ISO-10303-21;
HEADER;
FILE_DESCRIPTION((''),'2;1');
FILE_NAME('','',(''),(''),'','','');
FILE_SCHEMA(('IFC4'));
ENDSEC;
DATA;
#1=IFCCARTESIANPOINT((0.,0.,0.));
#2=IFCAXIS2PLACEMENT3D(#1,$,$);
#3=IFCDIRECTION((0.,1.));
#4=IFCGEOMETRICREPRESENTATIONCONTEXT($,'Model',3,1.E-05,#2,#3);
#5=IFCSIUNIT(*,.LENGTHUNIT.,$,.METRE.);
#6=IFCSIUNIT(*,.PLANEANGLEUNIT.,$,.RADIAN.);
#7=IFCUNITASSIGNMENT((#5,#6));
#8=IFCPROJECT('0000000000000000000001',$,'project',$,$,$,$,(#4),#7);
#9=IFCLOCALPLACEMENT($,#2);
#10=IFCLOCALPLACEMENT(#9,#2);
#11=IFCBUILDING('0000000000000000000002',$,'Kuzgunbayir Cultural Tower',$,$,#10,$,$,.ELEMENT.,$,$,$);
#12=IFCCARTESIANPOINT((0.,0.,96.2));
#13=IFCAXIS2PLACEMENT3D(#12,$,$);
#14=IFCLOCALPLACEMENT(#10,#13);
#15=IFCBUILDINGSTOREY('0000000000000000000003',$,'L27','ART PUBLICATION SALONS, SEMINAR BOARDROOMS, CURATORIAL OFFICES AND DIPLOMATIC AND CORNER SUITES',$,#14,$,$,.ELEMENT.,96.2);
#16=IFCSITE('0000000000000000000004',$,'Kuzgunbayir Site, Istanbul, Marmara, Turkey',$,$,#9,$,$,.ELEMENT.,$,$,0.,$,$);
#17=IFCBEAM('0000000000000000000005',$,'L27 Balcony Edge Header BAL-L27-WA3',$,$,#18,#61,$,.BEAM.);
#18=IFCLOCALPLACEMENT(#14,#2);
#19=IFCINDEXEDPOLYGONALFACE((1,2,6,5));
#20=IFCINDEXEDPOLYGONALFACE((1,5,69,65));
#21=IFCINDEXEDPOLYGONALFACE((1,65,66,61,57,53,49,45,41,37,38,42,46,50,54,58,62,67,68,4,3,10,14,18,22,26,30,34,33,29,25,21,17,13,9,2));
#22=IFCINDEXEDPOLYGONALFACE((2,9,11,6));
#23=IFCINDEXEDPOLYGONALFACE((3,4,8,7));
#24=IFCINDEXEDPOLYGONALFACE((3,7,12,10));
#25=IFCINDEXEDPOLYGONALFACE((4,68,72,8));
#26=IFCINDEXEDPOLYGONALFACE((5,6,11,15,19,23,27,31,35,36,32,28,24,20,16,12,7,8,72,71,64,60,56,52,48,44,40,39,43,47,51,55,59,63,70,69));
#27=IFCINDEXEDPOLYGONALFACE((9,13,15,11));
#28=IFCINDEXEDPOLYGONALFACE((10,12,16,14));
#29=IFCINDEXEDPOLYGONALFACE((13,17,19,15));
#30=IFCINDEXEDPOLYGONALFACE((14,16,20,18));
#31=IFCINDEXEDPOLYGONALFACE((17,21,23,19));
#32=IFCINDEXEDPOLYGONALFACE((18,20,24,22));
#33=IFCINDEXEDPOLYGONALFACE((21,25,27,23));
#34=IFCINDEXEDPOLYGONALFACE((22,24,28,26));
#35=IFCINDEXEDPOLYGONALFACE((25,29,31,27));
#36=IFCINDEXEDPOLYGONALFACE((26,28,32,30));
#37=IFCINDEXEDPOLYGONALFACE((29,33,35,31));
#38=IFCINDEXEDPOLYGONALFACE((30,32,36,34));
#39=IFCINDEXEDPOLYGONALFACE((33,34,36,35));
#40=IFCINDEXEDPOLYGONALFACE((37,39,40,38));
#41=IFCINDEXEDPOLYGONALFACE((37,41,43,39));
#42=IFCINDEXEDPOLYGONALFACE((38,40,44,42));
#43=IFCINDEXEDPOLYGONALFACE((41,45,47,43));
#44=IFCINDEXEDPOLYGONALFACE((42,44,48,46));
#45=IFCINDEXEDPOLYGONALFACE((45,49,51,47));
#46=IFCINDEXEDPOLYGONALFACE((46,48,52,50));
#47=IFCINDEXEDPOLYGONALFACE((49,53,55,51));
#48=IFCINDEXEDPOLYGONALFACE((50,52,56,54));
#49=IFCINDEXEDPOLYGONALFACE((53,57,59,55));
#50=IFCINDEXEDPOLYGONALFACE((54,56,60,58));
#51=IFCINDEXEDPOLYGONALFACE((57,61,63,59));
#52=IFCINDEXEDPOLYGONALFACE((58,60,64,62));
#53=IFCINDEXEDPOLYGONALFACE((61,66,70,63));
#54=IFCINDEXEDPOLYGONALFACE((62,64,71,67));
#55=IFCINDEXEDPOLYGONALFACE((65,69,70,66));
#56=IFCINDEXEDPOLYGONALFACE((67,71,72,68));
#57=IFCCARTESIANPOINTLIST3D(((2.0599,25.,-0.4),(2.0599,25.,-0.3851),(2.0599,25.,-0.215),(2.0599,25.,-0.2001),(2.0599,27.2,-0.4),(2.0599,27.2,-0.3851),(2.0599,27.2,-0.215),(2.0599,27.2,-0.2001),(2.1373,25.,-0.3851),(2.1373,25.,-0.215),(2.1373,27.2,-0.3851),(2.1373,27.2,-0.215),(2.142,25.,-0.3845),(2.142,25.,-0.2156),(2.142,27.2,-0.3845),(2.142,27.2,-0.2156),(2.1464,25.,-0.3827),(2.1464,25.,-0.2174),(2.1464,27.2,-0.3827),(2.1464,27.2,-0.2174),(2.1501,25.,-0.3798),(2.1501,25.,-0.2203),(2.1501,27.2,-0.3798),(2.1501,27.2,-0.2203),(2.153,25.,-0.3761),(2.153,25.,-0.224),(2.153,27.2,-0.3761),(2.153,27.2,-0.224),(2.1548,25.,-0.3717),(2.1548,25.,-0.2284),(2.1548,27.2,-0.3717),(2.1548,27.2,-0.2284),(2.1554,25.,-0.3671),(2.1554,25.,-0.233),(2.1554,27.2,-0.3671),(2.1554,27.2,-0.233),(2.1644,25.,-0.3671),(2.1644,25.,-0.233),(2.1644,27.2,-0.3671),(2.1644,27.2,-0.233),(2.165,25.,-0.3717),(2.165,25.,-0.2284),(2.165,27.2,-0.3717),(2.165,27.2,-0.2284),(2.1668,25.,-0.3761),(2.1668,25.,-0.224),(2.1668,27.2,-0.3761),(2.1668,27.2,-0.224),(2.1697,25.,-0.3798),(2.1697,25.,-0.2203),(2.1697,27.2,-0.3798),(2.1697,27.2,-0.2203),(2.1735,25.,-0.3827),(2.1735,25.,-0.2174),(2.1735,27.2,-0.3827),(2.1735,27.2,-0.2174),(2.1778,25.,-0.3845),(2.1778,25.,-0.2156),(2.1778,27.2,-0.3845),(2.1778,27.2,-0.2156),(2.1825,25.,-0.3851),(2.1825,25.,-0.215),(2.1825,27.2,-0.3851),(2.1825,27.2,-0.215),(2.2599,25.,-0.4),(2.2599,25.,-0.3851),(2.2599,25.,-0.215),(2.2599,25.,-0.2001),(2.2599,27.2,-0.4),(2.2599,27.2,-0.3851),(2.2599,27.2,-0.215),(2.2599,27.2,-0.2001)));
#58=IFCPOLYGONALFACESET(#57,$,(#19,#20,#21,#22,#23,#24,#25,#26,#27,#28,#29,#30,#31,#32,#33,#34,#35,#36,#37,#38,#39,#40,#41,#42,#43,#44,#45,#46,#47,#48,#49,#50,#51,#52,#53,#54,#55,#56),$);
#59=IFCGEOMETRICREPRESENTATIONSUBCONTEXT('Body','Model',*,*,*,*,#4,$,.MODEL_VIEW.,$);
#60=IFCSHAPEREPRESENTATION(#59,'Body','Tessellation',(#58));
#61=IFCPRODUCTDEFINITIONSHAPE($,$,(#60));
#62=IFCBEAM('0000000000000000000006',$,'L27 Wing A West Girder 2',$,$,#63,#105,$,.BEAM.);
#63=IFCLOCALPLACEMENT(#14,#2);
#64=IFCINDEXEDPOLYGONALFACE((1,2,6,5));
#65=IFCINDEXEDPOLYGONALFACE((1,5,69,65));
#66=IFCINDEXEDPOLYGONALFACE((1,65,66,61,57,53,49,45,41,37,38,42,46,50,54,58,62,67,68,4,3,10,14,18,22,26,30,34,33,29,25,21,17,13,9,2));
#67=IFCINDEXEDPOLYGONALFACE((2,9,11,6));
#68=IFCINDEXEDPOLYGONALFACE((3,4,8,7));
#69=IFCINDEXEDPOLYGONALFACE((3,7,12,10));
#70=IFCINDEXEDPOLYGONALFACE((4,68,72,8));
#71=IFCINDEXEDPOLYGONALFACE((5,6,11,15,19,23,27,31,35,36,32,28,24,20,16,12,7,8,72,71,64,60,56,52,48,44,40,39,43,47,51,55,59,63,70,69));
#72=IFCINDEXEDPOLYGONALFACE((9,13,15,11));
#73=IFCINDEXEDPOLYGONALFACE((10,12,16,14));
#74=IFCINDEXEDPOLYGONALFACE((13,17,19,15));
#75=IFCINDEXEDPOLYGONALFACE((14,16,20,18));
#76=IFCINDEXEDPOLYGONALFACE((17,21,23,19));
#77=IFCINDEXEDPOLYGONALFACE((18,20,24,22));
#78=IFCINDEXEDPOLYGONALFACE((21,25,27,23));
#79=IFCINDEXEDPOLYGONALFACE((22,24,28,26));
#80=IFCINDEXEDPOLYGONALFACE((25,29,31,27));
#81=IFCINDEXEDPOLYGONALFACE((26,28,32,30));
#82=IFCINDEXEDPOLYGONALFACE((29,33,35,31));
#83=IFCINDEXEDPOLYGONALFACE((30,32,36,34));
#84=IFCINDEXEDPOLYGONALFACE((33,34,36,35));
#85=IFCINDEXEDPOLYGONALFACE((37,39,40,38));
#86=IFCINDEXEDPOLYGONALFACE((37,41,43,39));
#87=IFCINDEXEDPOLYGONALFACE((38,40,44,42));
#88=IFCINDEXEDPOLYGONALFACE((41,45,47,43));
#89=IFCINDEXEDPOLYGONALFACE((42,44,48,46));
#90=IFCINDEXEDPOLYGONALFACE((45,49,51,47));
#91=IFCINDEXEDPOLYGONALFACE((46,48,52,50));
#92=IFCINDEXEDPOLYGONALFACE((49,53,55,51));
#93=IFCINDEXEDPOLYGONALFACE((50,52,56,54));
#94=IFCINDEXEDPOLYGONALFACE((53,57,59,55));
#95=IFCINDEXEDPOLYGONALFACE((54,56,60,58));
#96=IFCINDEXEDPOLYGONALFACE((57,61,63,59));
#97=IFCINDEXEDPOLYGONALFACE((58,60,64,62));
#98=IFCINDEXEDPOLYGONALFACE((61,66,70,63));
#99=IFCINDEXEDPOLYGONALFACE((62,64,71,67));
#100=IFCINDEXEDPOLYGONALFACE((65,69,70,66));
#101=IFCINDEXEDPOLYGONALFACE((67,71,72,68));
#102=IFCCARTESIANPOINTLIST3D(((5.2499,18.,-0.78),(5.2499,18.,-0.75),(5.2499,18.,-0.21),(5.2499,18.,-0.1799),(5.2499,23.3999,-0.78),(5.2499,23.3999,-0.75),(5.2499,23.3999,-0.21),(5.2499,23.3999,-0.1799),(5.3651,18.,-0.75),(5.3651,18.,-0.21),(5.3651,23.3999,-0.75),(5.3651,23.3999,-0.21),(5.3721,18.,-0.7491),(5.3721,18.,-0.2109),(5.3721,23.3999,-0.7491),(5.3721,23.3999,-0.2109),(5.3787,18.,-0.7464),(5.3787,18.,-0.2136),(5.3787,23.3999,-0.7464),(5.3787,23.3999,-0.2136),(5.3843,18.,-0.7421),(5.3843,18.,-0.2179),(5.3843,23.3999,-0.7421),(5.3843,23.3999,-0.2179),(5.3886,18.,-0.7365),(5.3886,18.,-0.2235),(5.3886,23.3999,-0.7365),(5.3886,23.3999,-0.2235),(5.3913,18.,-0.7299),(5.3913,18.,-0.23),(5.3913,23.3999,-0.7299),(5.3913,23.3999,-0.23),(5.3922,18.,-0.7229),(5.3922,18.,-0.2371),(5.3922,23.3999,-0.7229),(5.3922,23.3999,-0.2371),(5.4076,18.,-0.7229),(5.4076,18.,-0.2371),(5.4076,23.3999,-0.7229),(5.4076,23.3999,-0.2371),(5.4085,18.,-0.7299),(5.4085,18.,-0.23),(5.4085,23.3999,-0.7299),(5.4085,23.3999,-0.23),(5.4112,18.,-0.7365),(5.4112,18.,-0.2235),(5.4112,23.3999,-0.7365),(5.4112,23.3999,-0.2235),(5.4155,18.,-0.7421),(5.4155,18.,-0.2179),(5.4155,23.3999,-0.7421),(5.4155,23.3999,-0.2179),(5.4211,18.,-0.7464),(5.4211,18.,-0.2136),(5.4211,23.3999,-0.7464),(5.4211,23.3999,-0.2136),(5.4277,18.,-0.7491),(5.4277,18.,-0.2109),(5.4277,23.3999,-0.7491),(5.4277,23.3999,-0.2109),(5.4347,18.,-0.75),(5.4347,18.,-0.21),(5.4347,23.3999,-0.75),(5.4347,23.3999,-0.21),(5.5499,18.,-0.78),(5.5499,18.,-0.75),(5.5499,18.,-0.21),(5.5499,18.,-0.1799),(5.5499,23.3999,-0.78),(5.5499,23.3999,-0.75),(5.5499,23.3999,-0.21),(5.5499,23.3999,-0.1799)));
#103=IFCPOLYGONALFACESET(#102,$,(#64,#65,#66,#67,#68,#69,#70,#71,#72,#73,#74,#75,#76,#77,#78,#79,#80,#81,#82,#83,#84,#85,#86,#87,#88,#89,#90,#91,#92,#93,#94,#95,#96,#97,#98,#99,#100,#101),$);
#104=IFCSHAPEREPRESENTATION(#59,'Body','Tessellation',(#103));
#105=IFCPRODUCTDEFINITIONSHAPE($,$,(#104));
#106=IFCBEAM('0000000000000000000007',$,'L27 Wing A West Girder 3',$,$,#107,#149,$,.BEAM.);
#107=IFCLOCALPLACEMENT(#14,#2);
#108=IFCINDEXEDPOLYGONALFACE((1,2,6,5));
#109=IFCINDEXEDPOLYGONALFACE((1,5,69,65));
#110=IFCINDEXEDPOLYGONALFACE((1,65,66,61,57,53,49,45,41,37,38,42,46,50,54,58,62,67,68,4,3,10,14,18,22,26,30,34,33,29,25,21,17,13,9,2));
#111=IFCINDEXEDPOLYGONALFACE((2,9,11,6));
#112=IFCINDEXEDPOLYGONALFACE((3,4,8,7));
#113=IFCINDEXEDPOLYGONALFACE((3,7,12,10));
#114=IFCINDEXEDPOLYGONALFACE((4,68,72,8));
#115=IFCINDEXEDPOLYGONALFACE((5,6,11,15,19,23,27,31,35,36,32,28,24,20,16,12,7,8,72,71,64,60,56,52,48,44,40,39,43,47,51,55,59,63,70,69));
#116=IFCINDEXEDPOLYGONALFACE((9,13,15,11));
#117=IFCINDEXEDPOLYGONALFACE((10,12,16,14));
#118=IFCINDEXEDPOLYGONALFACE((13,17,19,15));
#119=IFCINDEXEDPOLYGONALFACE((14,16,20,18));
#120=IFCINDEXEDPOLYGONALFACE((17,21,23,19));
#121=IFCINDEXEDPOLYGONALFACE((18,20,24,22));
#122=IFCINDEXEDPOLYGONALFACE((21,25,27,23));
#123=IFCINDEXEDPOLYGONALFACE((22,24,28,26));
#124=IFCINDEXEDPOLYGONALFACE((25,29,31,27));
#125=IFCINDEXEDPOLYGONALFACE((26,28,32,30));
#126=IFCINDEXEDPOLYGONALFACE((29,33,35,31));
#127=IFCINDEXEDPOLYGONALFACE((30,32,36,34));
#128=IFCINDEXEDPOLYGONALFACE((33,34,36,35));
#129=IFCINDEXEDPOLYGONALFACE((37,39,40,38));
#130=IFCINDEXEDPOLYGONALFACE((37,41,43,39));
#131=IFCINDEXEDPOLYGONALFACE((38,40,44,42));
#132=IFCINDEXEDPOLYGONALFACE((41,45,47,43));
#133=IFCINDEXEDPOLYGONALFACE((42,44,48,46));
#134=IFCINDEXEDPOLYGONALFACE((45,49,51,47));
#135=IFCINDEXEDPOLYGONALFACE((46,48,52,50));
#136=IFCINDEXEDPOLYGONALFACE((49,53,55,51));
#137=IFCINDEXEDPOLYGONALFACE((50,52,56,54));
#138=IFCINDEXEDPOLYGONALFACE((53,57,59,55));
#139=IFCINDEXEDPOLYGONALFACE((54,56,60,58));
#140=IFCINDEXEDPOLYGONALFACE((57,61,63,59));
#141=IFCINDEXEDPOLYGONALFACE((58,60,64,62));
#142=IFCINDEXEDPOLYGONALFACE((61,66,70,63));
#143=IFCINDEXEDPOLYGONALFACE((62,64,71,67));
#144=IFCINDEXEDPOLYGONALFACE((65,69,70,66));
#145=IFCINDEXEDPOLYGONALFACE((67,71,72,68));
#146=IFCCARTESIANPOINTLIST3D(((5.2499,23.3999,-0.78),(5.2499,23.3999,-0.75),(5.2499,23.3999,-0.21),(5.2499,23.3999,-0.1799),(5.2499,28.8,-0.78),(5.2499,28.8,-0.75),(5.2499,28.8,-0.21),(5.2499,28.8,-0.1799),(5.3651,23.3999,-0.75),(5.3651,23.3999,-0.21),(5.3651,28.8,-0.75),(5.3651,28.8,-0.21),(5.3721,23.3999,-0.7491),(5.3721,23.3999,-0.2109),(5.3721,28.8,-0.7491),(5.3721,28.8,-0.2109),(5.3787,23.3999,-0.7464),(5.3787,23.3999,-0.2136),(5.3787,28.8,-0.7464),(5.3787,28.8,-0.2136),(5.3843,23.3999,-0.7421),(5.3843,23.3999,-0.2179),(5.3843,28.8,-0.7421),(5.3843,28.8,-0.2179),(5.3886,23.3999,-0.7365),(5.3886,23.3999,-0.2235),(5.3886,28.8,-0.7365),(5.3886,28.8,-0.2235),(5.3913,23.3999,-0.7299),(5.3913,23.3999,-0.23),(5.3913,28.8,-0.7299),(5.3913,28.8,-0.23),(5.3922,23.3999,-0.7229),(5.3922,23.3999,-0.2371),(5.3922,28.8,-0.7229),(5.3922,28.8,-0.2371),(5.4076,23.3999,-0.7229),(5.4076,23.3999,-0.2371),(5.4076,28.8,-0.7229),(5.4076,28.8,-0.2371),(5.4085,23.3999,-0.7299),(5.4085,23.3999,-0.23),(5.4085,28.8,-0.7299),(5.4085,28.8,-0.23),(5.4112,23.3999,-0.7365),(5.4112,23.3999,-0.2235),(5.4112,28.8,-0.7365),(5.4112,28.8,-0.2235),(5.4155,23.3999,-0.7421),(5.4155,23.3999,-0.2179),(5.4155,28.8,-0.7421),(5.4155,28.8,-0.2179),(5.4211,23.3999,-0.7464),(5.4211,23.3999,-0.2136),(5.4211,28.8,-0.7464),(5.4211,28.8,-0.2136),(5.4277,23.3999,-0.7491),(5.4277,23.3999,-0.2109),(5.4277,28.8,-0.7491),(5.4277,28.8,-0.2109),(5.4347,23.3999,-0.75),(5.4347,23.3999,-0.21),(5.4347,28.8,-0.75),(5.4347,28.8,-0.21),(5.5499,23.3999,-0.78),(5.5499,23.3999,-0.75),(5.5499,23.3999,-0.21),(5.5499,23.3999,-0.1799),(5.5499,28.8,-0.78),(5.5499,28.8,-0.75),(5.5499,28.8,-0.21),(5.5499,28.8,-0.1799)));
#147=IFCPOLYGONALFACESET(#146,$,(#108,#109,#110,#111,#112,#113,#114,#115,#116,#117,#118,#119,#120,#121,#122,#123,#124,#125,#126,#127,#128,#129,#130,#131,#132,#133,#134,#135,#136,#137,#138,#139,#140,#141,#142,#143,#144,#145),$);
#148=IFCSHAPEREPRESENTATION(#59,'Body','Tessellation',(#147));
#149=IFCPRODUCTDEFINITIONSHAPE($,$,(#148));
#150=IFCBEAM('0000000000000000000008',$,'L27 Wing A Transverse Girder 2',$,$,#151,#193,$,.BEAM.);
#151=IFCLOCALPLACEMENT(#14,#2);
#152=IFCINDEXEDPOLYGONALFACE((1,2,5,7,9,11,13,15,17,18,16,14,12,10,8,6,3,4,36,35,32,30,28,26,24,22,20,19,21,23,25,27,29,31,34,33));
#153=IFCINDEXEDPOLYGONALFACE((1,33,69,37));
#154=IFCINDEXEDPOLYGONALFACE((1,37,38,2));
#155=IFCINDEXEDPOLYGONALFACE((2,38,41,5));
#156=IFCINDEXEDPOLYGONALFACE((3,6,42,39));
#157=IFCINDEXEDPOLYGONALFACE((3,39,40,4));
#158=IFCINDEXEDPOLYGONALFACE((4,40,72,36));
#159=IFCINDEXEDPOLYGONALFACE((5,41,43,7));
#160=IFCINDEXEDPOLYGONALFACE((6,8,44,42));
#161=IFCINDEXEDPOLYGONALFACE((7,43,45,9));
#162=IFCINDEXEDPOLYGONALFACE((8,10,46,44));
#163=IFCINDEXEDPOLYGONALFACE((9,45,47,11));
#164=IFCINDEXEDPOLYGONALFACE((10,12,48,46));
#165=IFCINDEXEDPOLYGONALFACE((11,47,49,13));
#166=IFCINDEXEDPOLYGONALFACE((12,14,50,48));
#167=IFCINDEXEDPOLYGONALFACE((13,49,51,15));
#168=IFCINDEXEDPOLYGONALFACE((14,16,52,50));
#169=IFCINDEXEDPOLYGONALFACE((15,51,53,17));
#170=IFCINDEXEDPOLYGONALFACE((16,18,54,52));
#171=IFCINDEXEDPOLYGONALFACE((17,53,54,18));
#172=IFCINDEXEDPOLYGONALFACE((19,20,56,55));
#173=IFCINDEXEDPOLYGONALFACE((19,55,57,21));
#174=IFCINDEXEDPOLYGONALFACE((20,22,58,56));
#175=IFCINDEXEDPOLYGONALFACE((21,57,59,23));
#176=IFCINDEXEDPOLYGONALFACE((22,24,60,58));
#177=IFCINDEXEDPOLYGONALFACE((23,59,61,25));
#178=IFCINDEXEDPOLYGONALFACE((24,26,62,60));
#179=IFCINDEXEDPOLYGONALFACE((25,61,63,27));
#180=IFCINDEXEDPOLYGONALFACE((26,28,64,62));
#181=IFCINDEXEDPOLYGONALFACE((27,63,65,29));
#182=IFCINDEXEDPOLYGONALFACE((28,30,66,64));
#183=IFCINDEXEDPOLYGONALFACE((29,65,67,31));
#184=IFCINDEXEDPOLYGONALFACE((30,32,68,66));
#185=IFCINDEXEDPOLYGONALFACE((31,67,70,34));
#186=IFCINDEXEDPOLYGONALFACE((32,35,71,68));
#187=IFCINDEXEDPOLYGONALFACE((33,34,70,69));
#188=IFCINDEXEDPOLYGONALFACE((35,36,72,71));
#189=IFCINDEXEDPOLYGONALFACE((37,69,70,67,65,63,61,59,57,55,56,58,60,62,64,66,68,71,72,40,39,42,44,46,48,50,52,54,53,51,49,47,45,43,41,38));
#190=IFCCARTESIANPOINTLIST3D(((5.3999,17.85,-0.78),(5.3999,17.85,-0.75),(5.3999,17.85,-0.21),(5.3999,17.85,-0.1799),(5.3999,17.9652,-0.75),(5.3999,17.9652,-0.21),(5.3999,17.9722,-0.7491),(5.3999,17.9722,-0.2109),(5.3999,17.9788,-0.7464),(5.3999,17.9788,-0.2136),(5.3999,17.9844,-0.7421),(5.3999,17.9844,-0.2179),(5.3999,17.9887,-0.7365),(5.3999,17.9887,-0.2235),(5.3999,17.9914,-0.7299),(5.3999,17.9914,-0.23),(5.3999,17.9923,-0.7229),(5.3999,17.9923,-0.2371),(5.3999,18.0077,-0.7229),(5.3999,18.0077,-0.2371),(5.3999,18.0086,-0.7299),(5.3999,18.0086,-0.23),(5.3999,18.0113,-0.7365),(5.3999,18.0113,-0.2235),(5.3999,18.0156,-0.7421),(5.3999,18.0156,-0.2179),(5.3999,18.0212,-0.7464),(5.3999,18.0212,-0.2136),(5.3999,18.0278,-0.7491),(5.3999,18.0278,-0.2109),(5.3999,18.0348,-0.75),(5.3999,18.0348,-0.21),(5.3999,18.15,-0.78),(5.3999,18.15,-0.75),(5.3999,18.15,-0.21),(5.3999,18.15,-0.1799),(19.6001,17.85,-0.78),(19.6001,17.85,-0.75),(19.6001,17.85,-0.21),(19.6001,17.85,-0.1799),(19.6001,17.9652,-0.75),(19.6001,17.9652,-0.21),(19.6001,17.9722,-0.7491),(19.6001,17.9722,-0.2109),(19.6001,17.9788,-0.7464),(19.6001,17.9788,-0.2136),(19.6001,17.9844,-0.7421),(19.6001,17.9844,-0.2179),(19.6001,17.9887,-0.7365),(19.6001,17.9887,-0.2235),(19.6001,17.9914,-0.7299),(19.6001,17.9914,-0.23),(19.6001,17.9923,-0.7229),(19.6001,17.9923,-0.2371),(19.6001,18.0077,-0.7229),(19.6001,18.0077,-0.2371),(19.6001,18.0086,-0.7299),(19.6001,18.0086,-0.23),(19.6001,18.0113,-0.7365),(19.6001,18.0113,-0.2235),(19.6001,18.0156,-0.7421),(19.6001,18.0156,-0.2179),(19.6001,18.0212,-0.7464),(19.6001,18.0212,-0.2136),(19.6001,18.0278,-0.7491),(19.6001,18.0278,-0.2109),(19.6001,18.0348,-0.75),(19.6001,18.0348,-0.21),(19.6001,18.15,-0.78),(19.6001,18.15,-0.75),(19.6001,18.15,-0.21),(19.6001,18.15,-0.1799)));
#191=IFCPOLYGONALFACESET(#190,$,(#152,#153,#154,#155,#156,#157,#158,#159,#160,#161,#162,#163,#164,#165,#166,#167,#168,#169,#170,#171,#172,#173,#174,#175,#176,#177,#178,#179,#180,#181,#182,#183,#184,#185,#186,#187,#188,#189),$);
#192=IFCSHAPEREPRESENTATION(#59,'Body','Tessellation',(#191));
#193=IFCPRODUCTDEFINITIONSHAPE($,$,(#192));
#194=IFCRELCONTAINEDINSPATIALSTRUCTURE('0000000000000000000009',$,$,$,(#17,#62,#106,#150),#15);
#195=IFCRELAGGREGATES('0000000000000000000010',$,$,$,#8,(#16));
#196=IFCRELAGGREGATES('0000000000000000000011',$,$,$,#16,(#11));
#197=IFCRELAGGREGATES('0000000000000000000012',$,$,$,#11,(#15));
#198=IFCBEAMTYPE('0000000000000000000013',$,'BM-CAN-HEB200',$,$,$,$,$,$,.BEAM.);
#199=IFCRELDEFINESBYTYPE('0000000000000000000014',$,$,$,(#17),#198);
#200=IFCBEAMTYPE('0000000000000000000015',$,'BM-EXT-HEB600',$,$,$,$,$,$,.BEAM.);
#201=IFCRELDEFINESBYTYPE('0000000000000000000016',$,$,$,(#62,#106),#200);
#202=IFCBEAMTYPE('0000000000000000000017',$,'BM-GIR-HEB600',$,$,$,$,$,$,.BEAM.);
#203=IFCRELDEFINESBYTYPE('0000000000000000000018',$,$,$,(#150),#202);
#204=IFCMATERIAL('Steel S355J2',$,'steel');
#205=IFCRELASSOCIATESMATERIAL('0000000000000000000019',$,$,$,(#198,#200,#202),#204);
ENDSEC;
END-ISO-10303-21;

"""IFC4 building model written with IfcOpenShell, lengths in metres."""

from ifc_helpers import new_model, si_unit, direction, frame, origin, origin_2d, place, context, subcontext, project, spatial, i_section, extrude, material, material_profile, profile_set, type_object, element, save


model = new_model("IFC4")

# Units and contexts
model_context = context("Model", 3, precision=1e-05, world=origin(), true_north=direction((0.0, 1.0)))
body_context = subcontext(model_context, "Body", "Model", "MODEL_VIEW")
ifc_project = project(units=[si_unit("LENGTHUNIT", "METRE"), si_unit("PLANEANGLEUNIT", "RADIAN")], contexts=[model_context])

# Site, building, storey
site_placement = place(None, origin())
site = spatial("IfcSite", under=ifc_project, at=site_placement, Name="Kuzgunbayir Site, Istanbul, Marmara, Turkey", CompositionType="ELEMENT", RefElevation=0.0)
building_placement = place(site_placement, origin())
building = spatial("IfcBuilding", under=site, at=building_placement, Name="Kuzgunbayir Cultural Tower", CompositionType="ELEMENT")
storey_placement = place(building_placement, frame((0.0, 0.0, 96.2)))
storey = spatial("IfcBuildingStorey", under=building, at=storey_placement, Name="L27", Description="ART PUBLICATION SALONS, SEMINAR BOARDROOMS, CURATORIAL OFFICES AND DIPLOMATIC AND CORNER SUITES", CompositionType="ELEMENT", Elevation=96.2)

# Beams
ifc_material_1 = material(Name="Steel S355J2", Category="steel")
ifc_material_profile_1 = material_profile(ifc_material_1, i_section(OverallWidth=0.2, OverallDepth=0.2, WebThickness=0.009, FlangeThickness=0.0149, FilletRadius=0.0181, at=origin_2d()), Name="HEB 200")
ifc_profile_set_1 = profile_set([ifc_material_profile_1], Name="Steel S355J2")
beam_type_1 = type_object("IfcBeamType", Name="BM-CAN-HEB200", PredefinedType="BEAM", material=ifc_profile_set_1)
beam_1_placement = place(storey_placement, frame((2.1599, 25.0, -0.3), z_axis=(0.0, 1.0, 0.0), x_axis=(-1.0, 0.0, 0.0)))
element("IfcBeam", 1, at=beam_1_placement, inside=storey, type_object=beam_type_1, Name="L27 Balcony Edge Header BAL-L27-WA3", PredefinedType="BEAM", context=body_context, shape_type="SweptSolid", body=[
    extrude(i_section(OverallWidth=0.2, OverallDepth=0.2, WebThickness=0.009, FlangeThickness=0.0149, FilletRadius=0.0181, at=origin_2d()), origin(), (0.0, 0.0, 1.0), 2.2),
])
ifc_material_profile_2 = material_profile(ifc_material_1, i_section(OverallWidth=0.3, OverallDepth=0.6001, WebThickness=0.0154, FlangeThickness=0.03, FilletRadius=0.0271, at=origin_2d()), Name="HEB 600")
ifc_profile_set_2 = profile_set([ifc_material_profile_2], Name="Steel S355J2")
beam_type_2 = type_object("IfcBeamType", Name="BM-EXT-HEB600", PredefinedType="BEAM", material=ifc_profile_set_2)
beam_2_placement = place(storey_placement, frame((5.3999, 18.0, -0.48), z_axis=(0.0, 1.0, 0.0), x_axis=(-1.0, 0.0, 0.0)))
element("IfcBeam", 2, at=beam_2_placement, inside=storey, type_object=beam_type_2, Name="L27 Wing A West Girder 2", PredefinedType="BEAM", context=body_context, shape_type="SweptSolid", body=[
    extrude(i_section(OverallWidth=0.3, OverallDepth=0.6001, WebThickness=0.0154, FlangeThickness=0.03, FilletRadius=0.0271, at=origin_2d()), origin(), (0.0, 0.0, 1.0), 5.3999),
])
beam_3_placement = place(storey_placement, frame((5.3999, 23.3999, -0.48), z_axis=(0.0, 1.0, 0.0), x_axis=(-1.0, 0.0, 0.0)))
element("IfcBeam", 3, at=beam_3_placement, inside=storey, type_object=beam_type_2, Name="L27 Wing A West Girder 3", PredefinedType="BEAM", context=body_context, shape_type="SweptSolid", body=[
    extrude(i_section(OverallWidth=0.3, OverallDepth=0.6001, WebThickness=0.0154, FlangeThickness=0.03, FilletRadius=0.0271, at=origin_2d()), origin(), (0.0, 0.0, 1.0), 5.4001),
])
ifc_material_profile_3 = material_profile(ifc_material_1, i_section(OverallWidth=0.3, OverallDepth=0.6001, WebThickness=0.0154, FlangeThickness=0.03, FilletRadius=0.0271, at=origin_2d()), Name="HEB 600")
ifc_profile_set_3 = profile_set([ifc_material_profile_3], Name="Steel S355J2")
beam_type_3 = type_object("IfcBeamType", Name="BM-GIR-HEB600", PredefinedType="BEAM", material=ifc_profile_set_3)
for number, where, z_axis, x_axis, name in (
    (4, (5.3999, 18.0, -0.48), (1.0, 0.0, 0.0), (0.0, 1.0, 0.0), "L27 Wing A Transverse Girder 2"),
):
    element("IfcBeam", number, at=place(storey_placement, frame(where, z_axis=z_axis, x_axis=x_axis)), inside=storey, type_object=beam_type_3, Name=name, PredefinedType="BEAM", context=body_context, shape_type="SweptSolid", body=[
        extrude(i_section(OverallWidth=0.3, OverallDepth=0.6001, WebThickness=0.0154, FlangeThickness=0.03, FilletRadius=0.0271, at=origin_2d()), origin(), (0.0, 0.0, 1.0), 14.2002),
    ])

save(model, "model.ifc")
